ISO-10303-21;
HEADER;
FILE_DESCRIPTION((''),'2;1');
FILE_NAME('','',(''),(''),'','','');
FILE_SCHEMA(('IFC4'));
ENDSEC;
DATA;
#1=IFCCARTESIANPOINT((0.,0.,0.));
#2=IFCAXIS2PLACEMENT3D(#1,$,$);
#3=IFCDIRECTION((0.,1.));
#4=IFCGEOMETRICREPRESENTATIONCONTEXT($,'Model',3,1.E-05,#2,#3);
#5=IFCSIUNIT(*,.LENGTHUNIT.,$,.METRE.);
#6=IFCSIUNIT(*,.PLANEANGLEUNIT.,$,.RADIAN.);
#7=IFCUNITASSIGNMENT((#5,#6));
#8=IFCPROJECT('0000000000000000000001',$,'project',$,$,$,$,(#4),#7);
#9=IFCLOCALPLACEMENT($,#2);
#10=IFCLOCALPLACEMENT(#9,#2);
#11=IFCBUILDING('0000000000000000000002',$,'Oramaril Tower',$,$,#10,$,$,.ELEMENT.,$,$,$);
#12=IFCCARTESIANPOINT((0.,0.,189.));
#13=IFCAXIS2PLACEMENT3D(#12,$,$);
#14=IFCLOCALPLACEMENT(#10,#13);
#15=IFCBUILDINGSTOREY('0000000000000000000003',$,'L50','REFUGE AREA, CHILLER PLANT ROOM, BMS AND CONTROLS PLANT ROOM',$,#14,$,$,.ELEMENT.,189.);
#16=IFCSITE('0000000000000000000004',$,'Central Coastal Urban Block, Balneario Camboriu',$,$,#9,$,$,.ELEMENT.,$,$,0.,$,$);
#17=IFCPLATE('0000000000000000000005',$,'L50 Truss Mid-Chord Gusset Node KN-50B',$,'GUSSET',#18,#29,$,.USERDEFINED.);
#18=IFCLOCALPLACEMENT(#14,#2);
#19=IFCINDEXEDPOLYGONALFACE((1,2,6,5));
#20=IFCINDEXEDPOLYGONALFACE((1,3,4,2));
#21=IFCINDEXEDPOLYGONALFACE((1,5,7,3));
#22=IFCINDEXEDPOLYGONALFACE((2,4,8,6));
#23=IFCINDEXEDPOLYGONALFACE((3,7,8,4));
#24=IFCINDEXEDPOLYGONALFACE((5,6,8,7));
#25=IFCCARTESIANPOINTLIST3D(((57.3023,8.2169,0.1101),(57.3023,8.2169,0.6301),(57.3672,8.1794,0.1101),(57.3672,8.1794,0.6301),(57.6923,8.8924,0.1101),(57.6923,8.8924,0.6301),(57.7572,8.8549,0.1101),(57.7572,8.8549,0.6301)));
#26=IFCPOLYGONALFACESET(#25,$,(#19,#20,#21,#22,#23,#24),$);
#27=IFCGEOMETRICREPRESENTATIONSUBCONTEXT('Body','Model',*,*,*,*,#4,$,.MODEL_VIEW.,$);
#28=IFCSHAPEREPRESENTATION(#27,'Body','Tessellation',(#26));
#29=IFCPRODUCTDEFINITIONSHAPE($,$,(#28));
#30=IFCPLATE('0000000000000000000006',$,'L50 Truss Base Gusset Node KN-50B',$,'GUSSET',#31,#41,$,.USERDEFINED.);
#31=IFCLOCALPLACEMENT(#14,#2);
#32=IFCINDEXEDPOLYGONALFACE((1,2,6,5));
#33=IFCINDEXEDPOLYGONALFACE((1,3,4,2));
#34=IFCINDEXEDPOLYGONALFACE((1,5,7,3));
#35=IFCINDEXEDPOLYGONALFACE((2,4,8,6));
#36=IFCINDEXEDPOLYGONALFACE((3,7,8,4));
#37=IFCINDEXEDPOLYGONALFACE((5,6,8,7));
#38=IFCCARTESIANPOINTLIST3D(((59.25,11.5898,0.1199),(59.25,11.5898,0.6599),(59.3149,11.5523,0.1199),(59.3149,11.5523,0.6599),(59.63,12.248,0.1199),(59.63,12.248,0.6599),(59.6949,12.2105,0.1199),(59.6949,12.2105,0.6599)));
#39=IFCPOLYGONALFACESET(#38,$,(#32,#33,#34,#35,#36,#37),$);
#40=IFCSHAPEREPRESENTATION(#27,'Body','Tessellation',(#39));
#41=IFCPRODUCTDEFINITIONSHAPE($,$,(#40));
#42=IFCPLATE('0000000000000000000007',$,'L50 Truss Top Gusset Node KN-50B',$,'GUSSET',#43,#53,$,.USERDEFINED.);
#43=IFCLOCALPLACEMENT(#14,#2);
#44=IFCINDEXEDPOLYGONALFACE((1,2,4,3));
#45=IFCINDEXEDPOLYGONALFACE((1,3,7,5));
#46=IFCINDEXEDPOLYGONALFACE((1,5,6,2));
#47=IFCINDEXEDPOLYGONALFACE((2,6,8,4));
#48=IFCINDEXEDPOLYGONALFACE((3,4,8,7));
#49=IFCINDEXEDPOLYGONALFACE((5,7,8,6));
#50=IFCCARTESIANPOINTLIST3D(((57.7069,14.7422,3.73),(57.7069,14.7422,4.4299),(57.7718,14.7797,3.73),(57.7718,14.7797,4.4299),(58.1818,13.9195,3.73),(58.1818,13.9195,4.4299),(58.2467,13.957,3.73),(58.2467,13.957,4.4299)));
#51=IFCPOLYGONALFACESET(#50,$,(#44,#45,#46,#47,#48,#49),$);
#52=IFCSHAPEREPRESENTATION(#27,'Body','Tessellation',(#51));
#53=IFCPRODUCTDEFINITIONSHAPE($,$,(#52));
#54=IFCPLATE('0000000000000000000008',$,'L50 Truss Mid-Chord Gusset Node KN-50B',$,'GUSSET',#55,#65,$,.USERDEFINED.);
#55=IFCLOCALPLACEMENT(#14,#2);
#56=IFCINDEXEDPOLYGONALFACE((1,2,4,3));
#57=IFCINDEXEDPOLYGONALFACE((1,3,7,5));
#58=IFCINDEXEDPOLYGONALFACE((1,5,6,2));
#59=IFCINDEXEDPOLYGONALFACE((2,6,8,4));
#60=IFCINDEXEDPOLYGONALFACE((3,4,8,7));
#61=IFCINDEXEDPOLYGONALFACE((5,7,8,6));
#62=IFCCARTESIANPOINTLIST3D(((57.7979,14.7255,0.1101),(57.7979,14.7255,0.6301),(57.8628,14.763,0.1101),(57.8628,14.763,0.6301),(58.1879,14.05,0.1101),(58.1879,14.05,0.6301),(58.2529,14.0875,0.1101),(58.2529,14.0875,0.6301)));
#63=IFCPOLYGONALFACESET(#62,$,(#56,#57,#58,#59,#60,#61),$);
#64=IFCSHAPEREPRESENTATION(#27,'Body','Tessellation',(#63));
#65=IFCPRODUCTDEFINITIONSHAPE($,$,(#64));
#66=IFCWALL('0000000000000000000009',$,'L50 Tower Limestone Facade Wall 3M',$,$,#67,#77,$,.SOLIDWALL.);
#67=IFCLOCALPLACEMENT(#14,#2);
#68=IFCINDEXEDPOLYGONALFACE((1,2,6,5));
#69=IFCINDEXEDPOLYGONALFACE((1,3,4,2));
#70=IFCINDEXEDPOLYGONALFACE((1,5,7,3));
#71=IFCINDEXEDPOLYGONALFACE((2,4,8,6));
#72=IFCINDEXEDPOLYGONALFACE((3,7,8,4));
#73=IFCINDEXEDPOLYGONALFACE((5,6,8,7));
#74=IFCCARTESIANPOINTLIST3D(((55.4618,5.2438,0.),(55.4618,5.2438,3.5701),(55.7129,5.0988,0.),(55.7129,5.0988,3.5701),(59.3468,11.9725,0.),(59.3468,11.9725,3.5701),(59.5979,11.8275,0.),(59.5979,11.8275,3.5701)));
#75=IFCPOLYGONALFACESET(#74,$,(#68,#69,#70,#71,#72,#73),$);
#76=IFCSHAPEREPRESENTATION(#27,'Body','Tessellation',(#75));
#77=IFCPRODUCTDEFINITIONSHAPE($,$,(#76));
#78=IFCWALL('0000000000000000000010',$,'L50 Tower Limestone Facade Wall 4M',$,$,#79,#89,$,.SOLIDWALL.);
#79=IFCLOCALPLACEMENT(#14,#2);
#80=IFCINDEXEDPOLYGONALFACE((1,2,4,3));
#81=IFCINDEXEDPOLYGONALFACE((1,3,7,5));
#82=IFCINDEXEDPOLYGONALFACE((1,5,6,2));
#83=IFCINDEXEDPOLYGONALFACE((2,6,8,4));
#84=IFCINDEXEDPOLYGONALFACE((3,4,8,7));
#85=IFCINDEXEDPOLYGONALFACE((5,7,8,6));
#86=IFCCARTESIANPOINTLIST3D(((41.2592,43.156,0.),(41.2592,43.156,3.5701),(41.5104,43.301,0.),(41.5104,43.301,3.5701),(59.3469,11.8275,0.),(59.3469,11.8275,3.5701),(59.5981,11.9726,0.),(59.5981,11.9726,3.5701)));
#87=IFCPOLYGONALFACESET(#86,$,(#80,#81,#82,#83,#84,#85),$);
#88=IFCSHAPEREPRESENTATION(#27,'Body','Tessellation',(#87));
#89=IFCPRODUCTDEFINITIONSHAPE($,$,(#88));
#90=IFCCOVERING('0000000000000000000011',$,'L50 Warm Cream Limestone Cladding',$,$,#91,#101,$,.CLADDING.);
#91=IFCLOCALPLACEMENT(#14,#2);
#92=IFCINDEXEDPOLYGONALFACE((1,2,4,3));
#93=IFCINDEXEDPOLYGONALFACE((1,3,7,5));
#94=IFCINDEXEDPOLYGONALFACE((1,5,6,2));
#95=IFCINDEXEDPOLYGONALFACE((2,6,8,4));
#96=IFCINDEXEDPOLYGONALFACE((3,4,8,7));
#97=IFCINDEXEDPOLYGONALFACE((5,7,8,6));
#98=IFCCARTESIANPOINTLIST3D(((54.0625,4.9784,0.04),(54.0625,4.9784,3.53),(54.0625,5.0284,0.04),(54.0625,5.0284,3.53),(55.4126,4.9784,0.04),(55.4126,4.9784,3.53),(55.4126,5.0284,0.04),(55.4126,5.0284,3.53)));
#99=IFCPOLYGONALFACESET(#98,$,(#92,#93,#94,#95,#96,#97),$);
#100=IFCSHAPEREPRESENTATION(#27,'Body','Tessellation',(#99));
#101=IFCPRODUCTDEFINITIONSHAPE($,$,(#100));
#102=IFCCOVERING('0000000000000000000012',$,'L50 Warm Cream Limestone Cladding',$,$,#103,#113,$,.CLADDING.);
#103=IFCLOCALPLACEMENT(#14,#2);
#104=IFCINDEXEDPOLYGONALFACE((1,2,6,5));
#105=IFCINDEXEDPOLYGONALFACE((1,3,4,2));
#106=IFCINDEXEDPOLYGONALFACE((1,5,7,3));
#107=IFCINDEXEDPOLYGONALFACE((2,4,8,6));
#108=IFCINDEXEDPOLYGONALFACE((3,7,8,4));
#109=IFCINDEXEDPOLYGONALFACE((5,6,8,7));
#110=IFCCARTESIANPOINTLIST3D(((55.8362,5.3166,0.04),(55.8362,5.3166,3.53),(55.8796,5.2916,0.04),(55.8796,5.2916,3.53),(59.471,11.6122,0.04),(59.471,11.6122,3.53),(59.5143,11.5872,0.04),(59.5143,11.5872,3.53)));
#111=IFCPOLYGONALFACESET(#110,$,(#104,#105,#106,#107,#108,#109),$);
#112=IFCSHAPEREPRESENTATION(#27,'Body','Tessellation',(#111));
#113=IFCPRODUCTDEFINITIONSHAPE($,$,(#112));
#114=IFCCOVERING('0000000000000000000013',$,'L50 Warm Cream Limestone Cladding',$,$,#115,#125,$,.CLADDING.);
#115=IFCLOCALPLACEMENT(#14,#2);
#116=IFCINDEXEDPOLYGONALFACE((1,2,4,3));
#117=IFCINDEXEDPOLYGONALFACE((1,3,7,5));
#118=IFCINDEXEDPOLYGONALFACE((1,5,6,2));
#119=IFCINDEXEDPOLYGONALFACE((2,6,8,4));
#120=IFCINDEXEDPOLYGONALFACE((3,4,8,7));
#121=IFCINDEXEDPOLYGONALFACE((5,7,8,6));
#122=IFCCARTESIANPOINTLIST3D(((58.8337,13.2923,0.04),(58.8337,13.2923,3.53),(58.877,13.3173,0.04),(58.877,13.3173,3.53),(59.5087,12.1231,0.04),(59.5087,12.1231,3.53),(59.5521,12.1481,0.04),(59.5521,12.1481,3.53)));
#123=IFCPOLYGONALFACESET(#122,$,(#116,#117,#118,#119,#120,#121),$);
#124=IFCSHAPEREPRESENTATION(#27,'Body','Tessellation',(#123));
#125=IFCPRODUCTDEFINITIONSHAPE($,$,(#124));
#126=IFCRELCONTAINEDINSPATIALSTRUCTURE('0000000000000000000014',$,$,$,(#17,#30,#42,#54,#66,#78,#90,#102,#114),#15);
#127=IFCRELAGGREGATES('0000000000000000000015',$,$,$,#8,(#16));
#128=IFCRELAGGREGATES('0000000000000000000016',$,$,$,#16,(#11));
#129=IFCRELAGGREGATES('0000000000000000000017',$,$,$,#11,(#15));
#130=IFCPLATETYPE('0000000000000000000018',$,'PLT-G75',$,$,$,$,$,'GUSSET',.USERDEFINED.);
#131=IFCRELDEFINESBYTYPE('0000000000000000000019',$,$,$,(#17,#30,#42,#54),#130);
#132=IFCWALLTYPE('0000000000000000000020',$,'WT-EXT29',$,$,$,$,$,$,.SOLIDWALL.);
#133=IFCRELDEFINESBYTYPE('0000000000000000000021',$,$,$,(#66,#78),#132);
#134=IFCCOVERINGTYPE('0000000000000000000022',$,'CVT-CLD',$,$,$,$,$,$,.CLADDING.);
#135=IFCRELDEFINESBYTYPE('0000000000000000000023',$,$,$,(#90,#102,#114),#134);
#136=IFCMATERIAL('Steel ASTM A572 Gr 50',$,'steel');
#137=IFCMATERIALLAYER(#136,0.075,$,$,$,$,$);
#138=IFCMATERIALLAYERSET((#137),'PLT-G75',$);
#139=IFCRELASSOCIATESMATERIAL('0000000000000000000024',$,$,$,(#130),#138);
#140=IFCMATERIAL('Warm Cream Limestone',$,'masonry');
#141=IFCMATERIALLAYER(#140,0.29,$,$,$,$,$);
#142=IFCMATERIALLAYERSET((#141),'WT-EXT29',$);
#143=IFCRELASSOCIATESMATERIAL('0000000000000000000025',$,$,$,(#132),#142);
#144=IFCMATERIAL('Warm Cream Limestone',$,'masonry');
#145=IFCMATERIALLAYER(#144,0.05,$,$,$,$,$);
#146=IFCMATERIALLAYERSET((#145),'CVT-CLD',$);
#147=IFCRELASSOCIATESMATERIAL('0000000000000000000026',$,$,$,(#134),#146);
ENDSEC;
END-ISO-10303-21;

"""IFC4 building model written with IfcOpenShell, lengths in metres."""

from ifc_helpers import new_model, si_unit, direction, frame, frame_2d, origin, origin_2d, place, context, subcontext, project, spatial, rectangle, extrude, material, layer, layer_set, type_object, element, save


model = new_model("IFC4")

# Units and contexts
model_context = context("Model", 3, precision=1e-05, world=origin(), true_north=direction((0.0, 1.0)))
body_context = subcontext(model_context, "Body", "Model", "MODEL_VIEW")
ifc_project = project(units=[si_unit("LENGTHUNIT", "METRE"), si_unit("PLANEANGLEUNIT", "RADIAN")], contexts=[model_context])

# Site, building, storey
site_placement = place(None, origin())
site = spatial("IfcSite", under=ifc_project, at=site_placement, Name="Central Coastal Urban Block, Balneario Camboriu", CompositionType="ELEMENT", RefElevation=0.0)
building_placement = place(site_placement, origin())
building = spatial("IfcBuilding", under=site, at=building_placement, Name="Oramaril Tower", CompositionType="ELEMENT")
storey_placement = place(building_placement, frame((0.0, 0.0, 189.0)))
storey = spatial("IfcBuildingStorey", under=building, at=storey_placement, Name="L50", Description="REFUGE AREA, CHILLER PLANT ROOM, BMS AND CONTROLS PLANT ROOM", CompositionType="ELEMENT", Elevation=189.0)

# Plates
ifc_material_1 = material(Name="Steel ASTM A572 Gr 50", Category="steel")
ifc_layer_1 = layer(ifc_material_1, 0.075)
ifc_layer_set_1 = layer_set([ifc_layer_1], Name="PLT-G75")
plate_type_1 = type_object("IfcPlateType", Name="PLT-G75", ElementType="GUSSET", PredefinedType="USERDEFINED", material=ifc_layer_set_1)
plate_1_placement = place(storey_placement, frame((57.5298, 8.5359, 0.1101), z_axis=(0.0, 0.0, 1.0), x_axis=(0.499998, 0.866026, 0.0)))
element("IfcPlate", 1, at=plate_1_placement, inside=storey, type_object=plate_type_1, Name="L50 Truss Mid-Chord Gusset Node KN-50B", ObjectType="GUSSET", PredefinedType="USERDEFINED", context=body_context, shape_type="SweptSolid", body=[
    extrude(rectangle(XDim=0.78, YDim=0.075, at=origin_2d()), origin(), (0.0, 0.0, 1.0), 0.52),
])
plate_2_placement = place(storey_placement, frame((59.4724, 11.9001, 0.1199), z_axis=(0.0, 0.0, 1.0), x_axis=(0.499998, 0.866026, 0.0)))
element("IfcPlate", 2, at=plate_2_placement, inside=storey, type_object=plate_type_1, Name="L50 Truss Base Gusset Node KN-50B", ObjectType="GUSSET", PredefinedType="USERDEFINED", context=body_context, shape_type="SweptSolid", body=[
    extrude(rectangle(XDim=0.76, YDim=0.075, at=origin_2d()), origin(), (0.0, 0.0, 1.0), 0.54),
])
plate_3_placement = place(storey_placement, frame((57.9768, 14.3496, 3.73), z_axis=(0.0, 0.0, 1.0), x_axis=(-0.499997, 0.866027, 0.0)))
element("IfcPlate", 3, at=plate_3_placement, inside=storey, type_object=plate_type_1, Name="L50 Truss Top Gusset Node KN-50B", ObjectType="GUSSET", PredefinedType="USERDEFINED", context=body_context, shape_type="SweptSolid", body=[
    extrude(rectangle(XDim=0.95, YDim=0.075, at=origin_2d()), origin(), (0.0, 0.0, 1.0), 0.7),
])
plate_4_placement = place(storey_placement, frame((58.0254, 14.4065, 0.1101), z_axis=(0.0, 0.0, 1.0), x_axis=(-0.499997, 0.866027, 0.0)))
element("IfcPlate", 4, at=plate_4_placement, inside=storey, type_object=plate_type_1, Name="L50 Truss Mid-Chord Gusset Node KN-50B", ObjectType="GUSSET", PredefinedType="USERDEFINED", context=body_context, shape_type="SweptSolid", body=[
    extrude(rectangle(XDim=0.78, YDim=0.075, at=origin_2d()), origin(), (0.0, 0.0, 1.0), 0.52),
])

# Walls
ifc_material_2 = material(Name="Warm Cream Limestone", Category="masonry")
ifc_layer_2 = layer(ifc_material_2, 0.29)
ifc_layer_set_2 = layer_set([ifc_layer_2], Name="WT-EXT29")
wall_type = type_object("IfcWallType", Name="WT-EXT29", PredefinedType="SOLIDWALL", material=ifc_layer_set_2)
wall_1_placement = place(storey_placement, frame((55.5874, 5.1714, 0.0), z_axis=(0.0, 0.0, 1.0), x_axis=(0.500015, 0.866017, 0.0)))
element("IfcWall", 5, at=wall_1_placement, inside=storey, type_object=wall_type, Name="L50 Tower Limestone Facade Wall 3M", PredefinedType="SOLIDWALL", context=body_context, shape_type="SweptSolid", body=[
    extrude(rectangle(XDim=7.7698, YDim=0.29, at=frame_2d((3.8848, 0.0))), origin(), (0.0, 0.0, 1.0), 3.5701),
])
wall_2_placement = place(storey_placement, frame((59.4724, 11.9001, 0.0), z_axis=(0.0, 0.0, 1.0), x_axis=(-0.500004, 0.866023, 0.0)))
element("IfcWall", 6, at=wall_2_placement, inside=storey, type_object=wall_type, Name="L50 Tower Limestone Facade Wall 4M", PredefinedType="SOLIDWALL", context=body_context, shape_type="SweptSolid", body=[
    extrude(rectangle(XDim=36.175, YDim=0.29, at=frame_2d((18.0874, 0.0))), origin(), (0.0, 0.0, 1.0), 3.5701),
])

# Coverings
ifc_material_3 = material(Name="Warm Cream Limestone", Category="masonry")
ifc_layer_3 = layer(ifc_material_3, 0.05)
ifc_layer_set_3 = layer_set([ifc_layer_3], Name="CVT-CLD")
covering_type = type_object("IfcCoveringType", Name="CVT-CLD", PredefinedType="CLADDING", material=ifc_layer_set_3)
covering_1_placement = place(storey_placement, frame((54.7375, 5.0034, 0.04), z_axis=(0.0, 0.0, 1.0), x_axis=(1.0, 0.0, 0.0)))
element("IfcCovering", 7, at=covering_1_placement, inside=storey, type_object=covering_type, Name="L50 Warm Cream Limestone Cladding", PredefinedType="CLADDING", context=body_context, shape_type="SweptSolid", body=[
    extrude(rectangle(XDim=1.3501, YDim=0.05, at=origin_2d()), origin(), (0.0, 0.0, 1.0), 3.49),
])
covering_2_placement = place(storey_placement, frame((57.6753, 8.4519, 0.04), z_axis=(0.0, 0.0, 1.0), x_axis=(0.499998, 0.866026, 0.0)))
element("IfcCovering", 8, at=covering_2_placement, inside=storey, type_object=covering_type, Name="L50 Warm Cream Limestone Cladding", PredefinedType="CLADDING", context=body_context, shape_type="SweptSolid", body=[
    extrude(rectangle(XDim=7.2695, YDim=0.05, at=origin_2d()), origin(), (0.0, 0.0, 1.0), 3.49),
])
covering_3_placement = place(storey_placement, frame((59.1929, 12.7202, 0.04), z_axis=(0.0, 0.0, 1.0), x_axis=(-0.5, 0.866025, 0.0)))
element("IfcCovering", 9, at=covering_3_placement, inside=storey, type_object=covering_type, Name="L50 Warm Cream Limestone Cladding", PredefinedType="CLADDING", context=body_context, shape_type="SweptSolid", body=[
    extrude(rectangle(XDim=1.3501, YDim=0.05, at=origin_2d()), origin(), (0.0, 0.0, 1.0), 3.49),
])

save(model, "model.ifc")
